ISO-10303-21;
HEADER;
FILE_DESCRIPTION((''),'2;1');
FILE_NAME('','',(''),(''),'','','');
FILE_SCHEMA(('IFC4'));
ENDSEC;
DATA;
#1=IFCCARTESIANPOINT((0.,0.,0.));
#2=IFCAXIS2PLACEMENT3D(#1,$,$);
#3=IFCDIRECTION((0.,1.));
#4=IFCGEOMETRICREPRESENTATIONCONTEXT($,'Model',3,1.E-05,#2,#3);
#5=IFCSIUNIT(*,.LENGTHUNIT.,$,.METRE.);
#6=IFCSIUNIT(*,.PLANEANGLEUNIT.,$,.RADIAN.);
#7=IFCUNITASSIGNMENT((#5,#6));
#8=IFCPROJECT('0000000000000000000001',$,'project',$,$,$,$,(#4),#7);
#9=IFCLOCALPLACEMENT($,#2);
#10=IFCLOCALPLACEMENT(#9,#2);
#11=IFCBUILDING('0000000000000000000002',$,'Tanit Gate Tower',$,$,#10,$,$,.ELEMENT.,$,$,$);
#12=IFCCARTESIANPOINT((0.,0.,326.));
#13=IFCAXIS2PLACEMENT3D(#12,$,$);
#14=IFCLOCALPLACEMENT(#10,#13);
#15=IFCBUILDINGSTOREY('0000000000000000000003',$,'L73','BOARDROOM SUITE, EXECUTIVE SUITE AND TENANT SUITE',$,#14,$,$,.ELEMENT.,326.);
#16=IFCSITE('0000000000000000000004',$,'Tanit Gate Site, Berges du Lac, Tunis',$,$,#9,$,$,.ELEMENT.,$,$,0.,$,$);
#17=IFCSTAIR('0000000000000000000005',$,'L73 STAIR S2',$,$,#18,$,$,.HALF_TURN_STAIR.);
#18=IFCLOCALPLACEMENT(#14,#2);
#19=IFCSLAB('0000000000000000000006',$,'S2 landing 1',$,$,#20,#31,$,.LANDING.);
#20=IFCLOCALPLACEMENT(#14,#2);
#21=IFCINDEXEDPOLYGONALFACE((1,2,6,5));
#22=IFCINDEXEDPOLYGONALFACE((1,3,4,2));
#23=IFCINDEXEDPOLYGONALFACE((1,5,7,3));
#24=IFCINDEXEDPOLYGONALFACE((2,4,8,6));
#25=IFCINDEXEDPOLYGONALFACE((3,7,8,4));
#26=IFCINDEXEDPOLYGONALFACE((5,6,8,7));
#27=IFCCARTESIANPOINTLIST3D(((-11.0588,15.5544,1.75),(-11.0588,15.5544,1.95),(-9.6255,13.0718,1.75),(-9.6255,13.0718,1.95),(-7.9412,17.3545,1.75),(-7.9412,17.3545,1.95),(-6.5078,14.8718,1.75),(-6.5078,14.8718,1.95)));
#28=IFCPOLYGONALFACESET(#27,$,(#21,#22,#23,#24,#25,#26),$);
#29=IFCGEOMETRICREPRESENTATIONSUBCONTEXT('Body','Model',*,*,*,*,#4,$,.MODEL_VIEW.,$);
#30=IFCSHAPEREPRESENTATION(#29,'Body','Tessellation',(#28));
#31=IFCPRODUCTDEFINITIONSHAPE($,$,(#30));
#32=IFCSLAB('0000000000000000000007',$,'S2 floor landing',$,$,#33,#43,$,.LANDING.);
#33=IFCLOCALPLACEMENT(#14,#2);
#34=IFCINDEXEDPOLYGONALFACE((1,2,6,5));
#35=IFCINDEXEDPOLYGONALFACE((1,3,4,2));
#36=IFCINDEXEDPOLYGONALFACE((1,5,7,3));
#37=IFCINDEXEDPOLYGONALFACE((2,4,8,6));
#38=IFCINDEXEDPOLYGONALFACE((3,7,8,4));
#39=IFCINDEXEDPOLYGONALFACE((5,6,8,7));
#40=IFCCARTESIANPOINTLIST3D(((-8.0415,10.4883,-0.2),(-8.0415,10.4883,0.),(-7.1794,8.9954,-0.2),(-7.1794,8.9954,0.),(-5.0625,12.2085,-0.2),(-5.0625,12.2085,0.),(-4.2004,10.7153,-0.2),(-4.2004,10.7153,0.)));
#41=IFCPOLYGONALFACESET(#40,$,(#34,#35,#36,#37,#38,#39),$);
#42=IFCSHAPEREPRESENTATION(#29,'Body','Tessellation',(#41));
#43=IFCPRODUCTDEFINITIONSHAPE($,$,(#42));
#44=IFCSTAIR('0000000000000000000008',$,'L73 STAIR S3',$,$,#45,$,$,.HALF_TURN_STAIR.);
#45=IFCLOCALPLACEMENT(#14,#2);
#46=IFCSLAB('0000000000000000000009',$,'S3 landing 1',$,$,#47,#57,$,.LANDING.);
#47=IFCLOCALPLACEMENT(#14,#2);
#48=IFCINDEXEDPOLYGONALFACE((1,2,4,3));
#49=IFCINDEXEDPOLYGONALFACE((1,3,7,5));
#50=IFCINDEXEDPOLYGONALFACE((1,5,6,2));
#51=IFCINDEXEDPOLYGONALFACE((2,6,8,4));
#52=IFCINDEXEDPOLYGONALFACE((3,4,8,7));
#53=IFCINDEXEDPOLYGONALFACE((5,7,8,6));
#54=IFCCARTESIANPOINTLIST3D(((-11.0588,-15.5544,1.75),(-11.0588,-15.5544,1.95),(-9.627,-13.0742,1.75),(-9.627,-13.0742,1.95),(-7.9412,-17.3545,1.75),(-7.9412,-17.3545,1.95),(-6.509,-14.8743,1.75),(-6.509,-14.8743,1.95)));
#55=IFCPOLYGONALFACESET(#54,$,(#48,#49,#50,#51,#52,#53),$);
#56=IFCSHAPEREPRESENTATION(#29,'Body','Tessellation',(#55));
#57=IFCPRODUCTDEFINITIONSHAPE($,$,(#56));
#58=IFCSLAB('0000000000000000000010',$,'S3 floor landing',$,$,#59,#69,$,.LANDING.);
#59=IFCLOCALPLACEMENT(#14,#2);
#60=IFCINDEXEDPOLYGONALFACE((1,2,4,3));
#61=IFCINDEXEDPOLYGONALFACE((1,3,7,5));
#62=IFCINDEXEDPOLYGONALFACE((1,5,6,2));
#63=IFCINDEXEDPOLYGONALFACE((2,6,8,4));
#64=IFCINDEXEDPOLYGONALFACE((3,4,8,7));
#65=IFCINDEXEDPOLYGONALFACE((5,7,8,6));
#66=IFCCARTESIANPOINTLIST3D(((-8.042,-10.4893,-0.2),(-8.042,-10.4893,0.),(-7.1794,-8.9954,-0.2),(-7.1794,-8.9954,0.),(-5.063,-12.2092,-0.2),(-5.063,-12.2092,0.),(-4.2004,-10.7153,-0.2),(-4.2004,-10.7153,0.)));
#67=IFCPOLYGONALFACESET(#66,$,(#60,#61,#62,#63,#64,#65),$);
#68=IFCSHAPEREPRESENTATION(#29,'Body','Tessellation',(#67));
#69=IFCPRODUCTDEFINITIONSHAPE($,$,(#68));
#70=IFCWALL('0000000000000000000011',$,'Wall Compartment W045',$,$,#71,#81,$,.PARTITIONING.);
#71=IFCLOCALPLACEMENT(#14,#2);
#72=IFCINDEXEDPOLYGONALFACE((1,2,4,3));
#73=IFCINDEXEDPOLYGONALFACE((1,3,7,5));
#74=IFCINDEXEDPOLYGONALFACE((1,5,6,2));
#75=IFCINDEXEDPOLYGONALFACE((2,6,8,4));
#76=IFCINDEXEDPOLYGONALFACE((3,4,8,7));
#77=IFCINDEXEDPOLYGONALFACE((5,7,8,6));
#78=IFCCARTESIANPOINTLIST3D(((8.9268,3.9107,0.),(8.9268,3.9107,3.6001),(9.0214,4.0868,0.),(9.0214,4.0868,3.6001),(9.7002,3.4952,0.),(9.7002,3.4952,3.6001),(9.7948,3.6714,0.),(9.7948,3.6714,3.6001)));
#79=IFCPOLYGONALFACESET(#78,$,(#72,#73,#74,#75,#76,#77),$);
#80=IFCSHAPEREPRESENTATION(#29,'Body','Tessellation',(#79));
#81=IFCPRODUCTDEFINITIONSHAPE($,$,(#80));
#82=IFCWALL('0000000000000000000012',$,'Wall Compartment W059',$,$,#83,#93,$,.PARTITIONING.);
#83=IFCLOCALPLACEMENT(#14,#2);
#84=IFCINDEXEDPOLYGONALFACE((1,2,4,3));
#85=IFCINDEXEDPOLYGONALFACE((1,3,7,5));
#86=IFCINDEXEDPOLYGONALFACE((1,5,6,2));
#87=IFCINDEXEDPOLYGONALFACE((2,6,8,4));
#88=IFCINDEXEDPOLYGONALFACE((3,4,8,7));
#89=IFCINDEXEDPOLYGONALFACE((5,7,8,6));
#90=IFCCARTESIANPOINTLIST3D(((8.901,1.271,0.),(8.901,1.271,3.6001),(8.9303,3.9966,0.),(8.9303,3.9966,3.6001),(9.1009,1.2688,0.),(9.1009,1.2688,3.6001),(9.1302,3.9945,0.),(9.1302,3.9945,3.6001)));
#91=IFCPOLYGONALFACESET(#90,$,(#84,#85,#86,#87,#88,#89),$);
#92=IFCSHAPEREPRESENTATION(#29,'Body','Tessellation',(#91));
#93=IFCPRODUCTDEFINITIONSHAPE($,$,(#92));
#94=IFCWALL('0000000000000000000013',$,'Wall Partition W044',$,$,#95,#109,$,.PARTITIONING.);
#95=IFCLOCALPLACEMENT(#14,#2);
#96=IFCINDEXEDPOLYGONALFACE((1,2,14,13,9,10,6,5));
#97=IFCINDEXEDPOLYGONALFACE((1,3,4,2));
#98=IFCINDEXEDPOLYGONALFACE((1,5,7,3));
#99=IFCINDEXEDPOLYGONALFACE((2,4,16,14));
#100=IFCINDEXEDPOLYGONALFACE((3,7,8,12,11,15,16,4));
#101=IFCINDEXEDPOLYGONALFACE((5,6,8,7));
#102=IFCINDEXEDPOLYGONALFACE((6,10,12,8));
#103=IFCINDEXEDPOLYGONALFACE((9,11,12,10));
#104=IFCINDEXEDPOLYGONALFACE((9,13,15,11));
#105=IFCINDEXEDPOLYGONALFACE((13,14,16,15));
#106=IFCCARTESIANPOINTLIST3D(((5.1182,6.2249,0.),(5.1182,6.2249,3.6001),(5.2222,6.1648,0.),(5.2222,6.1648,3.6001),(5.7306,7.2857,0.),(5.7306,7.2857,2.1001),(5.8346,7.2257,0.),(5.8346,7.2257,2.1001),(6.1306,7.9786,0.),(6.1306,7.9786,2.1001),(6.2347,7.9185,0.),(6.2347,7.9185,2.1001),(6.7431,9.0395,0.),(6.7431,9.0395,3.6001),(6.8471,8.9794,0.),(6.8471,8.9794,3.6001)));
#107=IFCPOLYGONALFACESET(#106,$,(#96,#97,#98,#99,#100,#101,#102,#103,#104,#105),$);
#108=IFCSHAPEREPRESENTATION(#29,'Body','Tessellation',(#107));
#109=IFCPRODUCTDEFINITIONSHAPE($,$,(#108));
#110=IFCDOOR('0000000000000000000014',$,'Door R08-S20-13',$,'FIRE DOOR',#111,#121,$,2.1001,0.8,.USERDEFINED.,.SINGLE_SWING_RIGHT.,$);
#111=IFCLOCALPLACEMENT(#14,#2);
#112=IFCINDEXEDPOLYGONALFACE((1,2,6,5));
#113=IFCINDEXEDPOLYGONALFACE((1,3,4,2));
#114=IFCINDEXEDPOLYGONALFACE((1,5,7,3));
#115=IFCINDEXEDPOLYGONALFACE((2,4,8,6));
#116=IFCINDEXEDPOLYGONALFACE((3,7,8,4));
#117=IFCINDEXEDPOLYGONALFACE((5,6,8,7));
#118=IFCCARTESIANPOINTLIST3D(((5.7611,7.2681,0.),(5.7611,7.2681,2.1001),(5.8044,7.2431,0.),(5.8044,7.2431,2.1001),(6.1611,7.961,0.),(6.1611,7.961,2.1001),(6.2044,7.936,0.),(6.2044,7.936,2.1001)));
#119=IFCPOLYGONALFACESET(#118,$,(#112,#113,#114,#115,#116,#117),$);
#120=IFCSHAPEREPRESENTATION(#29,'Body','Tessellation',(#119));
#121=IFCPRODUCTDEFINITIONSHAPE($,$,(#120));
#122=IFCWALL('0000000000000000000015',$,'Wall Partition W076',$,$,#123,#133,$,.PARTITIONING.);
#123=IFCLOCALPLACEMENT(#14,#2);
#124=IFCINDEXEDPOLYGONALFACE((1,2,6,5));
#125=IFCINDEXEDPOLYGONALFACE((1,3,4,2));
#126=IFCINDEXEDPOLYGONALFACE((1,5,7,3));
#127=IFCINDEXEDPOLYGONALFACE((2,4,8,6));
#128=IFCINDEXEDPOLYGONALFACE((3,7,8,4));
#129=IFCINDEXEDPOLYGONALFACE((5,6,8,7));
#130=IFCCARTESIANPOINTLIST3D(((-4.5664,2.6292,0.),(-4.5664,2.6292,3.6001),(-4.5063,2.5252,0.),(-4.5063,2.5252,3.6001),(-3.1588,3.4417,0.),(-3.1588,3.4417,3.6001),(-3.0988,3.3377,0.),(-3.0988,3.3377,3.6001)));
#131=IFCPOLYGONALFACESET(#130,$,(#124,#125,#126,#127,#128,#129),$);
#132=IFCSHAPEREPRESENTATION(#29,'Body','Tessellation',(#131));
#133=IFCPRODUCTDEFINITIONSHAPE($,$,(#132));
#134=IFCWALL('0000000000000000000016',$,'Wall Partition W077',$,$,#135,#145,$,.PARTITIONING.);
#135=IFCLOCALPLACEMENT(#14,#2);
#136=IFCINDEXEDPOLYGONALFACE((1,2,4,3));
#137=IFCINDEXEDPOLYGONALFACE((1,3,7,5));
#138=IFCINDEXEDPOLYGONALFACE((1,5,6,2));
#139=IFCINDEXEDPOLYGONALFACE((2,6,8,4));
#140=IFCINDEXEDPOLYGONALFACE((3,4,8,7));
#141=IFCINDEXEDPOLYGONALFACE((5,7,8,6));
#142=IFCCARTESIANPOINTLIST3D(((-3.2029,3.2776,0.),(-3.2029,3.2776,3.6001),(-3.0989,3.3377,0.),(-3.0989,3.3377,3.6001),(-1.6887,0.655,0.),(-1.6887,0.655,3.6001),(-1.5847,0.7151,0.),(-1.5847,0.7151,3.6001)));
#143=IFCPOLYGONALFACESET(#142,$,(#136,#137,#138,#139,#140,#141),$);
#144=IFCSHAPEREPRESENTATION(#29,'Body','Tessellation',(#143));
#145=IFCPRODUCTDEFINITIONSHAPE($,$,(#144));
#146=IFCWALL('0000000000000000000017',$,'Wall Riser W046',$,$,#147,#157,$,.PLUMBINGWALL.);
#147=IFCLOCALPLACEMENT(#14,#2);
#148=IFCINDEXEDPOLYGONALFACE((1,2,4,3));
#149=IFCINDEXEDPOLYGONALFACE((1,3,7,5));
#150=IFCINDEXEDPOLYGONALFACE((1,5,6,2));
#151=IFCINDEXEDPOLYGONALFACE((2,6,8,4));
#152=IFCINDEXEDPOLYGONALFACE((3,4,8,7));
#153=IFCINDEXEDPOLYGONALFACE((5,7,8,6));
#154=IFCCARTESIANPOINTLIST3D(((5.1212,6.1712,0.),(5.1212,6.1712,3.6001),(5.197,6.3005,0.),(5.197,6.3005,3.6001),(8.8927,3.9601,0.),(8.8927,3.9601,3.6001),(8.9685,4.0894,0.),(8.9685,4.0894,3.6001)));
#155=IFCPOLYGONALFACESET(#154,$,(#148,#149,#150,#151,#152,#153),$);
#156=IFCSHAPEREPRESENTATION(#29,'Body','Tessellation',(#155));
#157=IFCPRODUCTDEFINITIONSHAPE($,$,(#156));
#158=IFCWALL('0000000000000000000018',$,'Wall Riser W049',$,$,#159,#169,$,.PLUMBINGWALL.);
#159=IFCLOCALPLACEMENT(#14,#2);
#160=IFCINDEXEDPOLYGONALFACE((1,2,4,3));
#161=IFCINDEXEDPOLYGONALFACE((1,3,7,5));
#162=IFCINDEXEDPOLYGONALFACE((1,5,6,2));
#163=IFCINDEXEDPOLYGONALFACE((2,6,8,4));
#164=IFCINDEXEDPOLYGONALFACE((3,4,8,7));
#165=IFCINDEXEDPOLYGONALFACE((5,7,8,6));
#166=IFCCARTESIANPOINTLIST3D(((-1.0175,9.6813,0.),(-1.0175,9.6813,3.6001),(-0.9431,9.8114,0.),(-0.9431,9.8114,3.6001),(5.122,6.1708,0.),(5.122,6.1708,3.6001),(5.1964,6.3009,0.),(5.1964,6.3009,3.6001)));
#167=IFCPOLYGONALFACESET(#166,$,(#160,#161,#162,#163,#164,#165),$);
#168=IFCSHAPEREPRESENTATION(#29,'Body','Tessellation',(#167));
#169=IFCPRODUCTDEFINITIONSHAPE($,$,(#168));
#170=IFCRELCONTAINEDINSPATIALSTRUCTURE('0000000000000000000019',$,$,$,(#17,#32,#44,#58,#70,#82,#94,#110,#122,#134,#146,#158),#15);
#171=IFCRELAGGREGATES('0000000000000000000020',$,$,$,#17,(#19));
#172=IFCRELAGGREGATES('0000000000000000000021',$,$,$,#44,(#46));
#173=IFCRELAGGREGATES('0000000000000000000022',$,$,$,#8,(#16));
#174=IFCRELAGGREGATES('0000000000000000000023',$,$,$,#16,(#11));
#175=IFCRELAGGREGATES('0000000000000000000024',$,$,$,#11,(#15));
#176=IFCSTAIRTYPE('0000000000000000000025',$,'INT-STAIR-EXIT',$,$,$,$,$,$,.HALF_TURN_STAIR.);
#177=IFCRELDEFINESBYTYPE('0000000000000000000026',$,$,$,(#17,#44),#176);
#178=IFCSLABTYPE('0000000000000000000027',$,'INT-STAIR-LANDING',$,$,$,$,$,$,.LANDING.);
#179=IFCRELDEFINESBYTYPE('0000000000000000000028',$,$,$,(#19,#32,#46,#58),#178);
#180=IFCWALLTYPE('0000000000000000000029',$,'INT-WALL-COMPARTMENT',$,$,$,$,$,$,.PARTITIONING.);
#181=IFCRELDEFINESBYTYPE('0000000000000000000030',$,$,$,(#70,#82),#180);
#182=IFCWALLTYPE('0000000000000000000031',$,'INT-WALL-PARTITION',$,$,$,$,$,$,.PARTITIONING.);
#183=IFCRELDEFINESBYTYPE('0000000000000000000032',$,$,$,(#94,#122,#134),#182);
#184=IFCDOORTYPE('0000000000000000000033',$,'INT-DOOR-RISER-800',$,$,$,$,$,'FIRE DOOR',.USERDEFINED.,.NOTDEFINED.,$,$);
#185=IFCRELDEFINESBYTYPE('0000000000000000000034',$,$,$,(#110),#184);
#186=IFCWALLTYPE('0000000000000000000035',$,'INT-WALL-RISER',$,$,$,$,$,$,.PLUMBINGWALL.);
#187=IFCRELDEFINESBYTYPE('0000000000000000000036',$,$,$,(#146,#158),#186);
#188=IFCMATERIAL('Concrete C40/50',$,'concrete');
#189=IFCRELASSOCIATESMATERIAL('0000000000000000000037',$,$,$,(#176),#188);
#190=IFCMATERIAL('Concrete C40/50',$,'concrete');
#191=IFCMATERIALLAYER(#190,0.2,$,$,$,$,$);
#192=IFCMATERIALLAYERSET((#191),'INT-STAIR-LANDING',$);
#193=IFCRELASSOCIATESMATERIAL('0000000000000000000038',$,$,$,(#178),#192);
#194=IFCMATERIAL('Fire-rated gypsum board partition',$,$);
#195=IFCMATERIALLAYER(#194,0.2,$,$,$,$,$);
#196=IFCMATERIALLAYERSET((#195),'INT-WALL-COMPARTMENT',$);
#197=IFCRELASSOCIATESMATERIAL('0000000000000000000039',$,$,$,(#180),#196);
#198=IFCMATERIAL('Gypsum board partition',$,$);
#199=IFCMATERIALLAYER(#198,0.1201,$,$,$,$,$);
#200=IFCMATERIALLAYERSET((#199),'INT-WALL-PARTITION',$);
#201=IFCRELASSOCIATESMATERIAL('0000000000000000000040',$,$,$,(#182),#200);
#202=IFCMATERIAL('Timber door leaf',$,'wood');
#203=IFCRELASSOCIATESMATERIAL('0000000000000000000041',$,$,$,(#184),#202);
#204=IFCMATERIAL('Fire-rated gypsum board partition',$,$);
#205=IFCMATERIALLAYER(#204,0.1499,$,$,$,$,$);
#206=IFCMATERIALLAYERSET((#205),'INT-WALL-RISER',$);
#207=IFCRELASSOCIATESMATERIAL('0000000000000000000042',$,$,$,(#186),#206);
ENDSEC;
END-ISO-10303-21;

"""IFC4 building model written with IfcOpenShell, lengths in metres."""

from ifc_helpers import new_model, si_unit, direction, frame, frame_2d, origin, place, context, subcontext, project, spatial, polyline, rectangle, outline, extrude, material, layer, layer_set, type_object, element, fill, aggregate, save


model = new_model("IFC4")

# Units and contexts
model_context = context("Model", 3, precision=1e-05, world=origin(), true_north=direction((0.0, 1.0)))
body_context = subcontext(model_context, "Body", "Model", "MODEL_VIEW")
ifc_project = project(units=[si_unit("LENGTHUNIT", "METRE"), si_unit("PLANEANGLEUNIT", "RADIAN")], contexts=[model_context])

# Site, building, storey
site_placement = place(None, origin())
site = spatial("IfcSite", under=ifc_project, at=site_placement, Name="Tanit Gate Site, Berges du Lac, Tunis", CompositionType="ELEMENT", RefElevation=0.0)
building_placement = place(site_placement, origin())
building = spatial("IfcBuilding", under=site, at=building_placement, Name="Tanit Gate Tower", CompositionType="ELEMENT")
storey_placement = place(building_placement, frame((0.0, 0.0, 326.0)))
storey = spatial("IfcBuildingStorey", under=building, at=storey_placement, Name="L73", Description="BOARDROOM SUITE, EXECUTIVE SUITE AND TENANT SUITE", CompositionType="ELEMENT", Elevation=326.0)

# Stair, slab
ifc_material_1 = material(Name="Concrete C40/50", Category="concrete")
stair_type = type_object("IfcStairType", Name="INT-STAIR-EXIT", PredefinedType="HALF_TURN_STAIR", material=ifc_material_1)
stair_1_placement = place(storey_placement, origin())
stair_1 = element("IfcStair", 1, at=stair_1_placement, inside=storey, type_object=stair_type, Name="L73 STAIR S2", PredefinedType="HALF_TURN_STAIR")
ifc_material_2 = material(Name="Concrete C40/50", Category="concrete")
ifc_layer_1 = layer(ifc_material_2, 0.2)
ifc_layer_set_1 = layer_set([ifc_layer_1], Name="INT-STAIR-LANDING")
slab_type = type_object("IfcSlabType", Name="INT-STAIR-LANDING", PredefinedType="LANDING", material=ifc_layer_set_1)
slab_1_placement = place(storey_placement, frame((0.0, 0.0, 1.75)))
slab_1 = element("IfcSlab", 2, at=slab_1_placement, type_object=slab_type, Name="S2 landing 1", PredefinedType="LANDING", context=body_context, shape_type="SweptSolid", body=[
    extrude(outline(polyline([(-6.5078, 14.8718), (-7.9412, 17.3545), (-11.0588, 15.5544), (-9.6255, 13.0718), (-6.5078, 14.8718)])), origin(), (0.0, 0.0, 1.0), 0.2),
])
aggregate(stair_1, [slab_1])

# Slab
slab_2_placement = place(storey_placement, frame((0.0, 0.0, -0.2)))
element("IfcSlab", 3, at=slab_2_placement, inside=storey, type_object=slab_type, Name="S2 floor landing", PredefinedType="LANDING", context=body_context, shape_type="SweptSolid", body=[
    extrude(outline(polyline([(-4.2004, 10.7153), (-5.0625, 12.2085), (-8.0415, 10.4883), (-7.1794, 8.9954), (-4.2004, 10.7153)])), origin(), (0.0, 0.0, 1.0), 0.2),
])

# Stair, slab
stair_2_placement = place(storey_placement, origin())
stair_2 = element("IfcStair", 4, at=stair_2_placement, inside=storey, type_object=stair_type, Name="L73 STAIR S3", PredefinedType="HALF_TURN_STAIR")
slab_3_placement = place(storey_placement, frame((0.0, 0.0, 1.75)))
slab_3 = element("IfcSlab", 5, at=slab_3_placement, type_object=slab_type, Name="S3 landing 1", PredefinedType="LANDING", context=body_context, shape_type="SweptSolid", body=[
    extrude(outline(polyline([(-9.627, -13.0742), (-11.0588, -15.5544), (-7.9412, -17.3545), (-6.509, -14.8743), (-9.627, -13.0742)])), origin(), (0.0, 0.0, 1.0), 0.2),
])
aggregate(stair_2, [slab_3])

# Slab
slab_4_placement = place(storey_placement, frame((0.0, 0.0, -0.2)))
element("IfcSlab", 6, at=slab_4_placement, inside=storey, type_object=slab_type, Name="S3 floor landing", PredefinedType="LANDING", context=body_context, shape_type="SweptSolid", body=[
    extrude(outline(polyline([(-7.1794, -8.9954), (-8.042, -10.4893), (-5.063, -12.2092), (-4.2004, -10.7153), (-7.1794, -8.9954)])), origin(), (0.0, 0.0, 1.0), 0.2),
])

# Walls
ifc_material_3 = material(Name="Fire-rated gypsum board partition")
ifc_layer_2 = layer(ifc_material_3, 0.2)
ifc_layer_set_2 = layer_set([ifc_layer_2], Name="INT-WALL-COMPARTMENT")
wall_type_1 = type_object("IfcWallType", Name="INT-WALL-COMPARTMENT", PredefinedType="PARTITIONING", material=ifc_layer_set_2)
wall_1_placement = place(storey_placement, frame((8.9741, 3.9988, 0.0), z_axis=(0.0, 0.0, 1.0), x_axis=(0.880917, -0.473271, 0.0)))
element("IfcWall", 7, at=wall_1_placement, inside=storey, type_object=wall_type_1, Name="Wall Compartment W045", PredefinedType="PARTITIONING", context=body_context, shape_type="SweptSolid", body=[
    extrude(rectangle(XDim=0.8779, YDim=0.2, at=frame_2d((0.439, 0.0))), origin(), (0.0, 0.0, 1.0), 3.6001),
])
wall_2_placement = place(storey_placement, frame((9.001, 1.27, 0.0), z_axis=(0.0, 0.0, 1.0), x_axis=(0.010748, 0.999942, 0.0)))
element("IfcWall", 8, at=wall_2_placement, inside=storey, type_object=wall_type_1, Name="Wall Compartment W059", PredefinedType="PARTITIONING", context=body_context, shape_type="SweptSolid", body=[
    extrude(rectangle(XDim=2.7258, YDim=0.2, at=frame_2d((1.3628, 0.0))), origin(), (0.0, 0.0, 1.0), 3.6001),
])

# Wall, opening, door
ifc_material_4 = material(Name="Gypsum board partition")
ifc_layer_3 = layer(ifc_material_4, 0.1201)
ifc_layer_set_3 = layer_set([ifc_layer_3], Name="INT-WALL-PARTITION")
wall_type_2 = type_object("IfcWallType", Name="INT-WALL-PARTITION", PredefinedType="PARTITIONING", material=ifc_layer_set_3)
wall_3_placement = place(storey_placement, frame((5.1702, 6.1948, 0.0), z_axis=(0.0, 0.0, 1.0), x_axis=(0.499985, 0.866034, 0.0)))
wall_3 = element("IfcWall", 9, at=wall_3_placement, inside=storey, type_object=wall_type_2, Name="Wall Partition W044", PredefinedType="PARTITIONING", context=body_context, shape_type="SweptSolid", body=[
    extrude(rectangle(XDim=3.25, YDim=0.1201, at=frame_2d((1.625, 0.0))), origin(), (0.0, 0.0, 1.0), 3.6001),
])
opening_1_placement = place(wall_3_placement, frame((1.2251, 0.0, 0.0)))
opening_1 = element("IfcOpeningElement", 10, at=opening_1_placement, cuts=wall_3, PredefinedType="OPENING", context=body_context, shape_type="SweptSolid", body=[
    extrude(rectangle(XDim=0.8, YDim=2.1001, at=frame_2d((0.3999, 1.05))), frame((0.0, 0.0701, 0.0), z_axis=(0.0, -1.0, 0.0), x_axis=(1.0, 0.0, 0.0)), (0.0, 0.0, 1.0), 0.1401),
])
ifc_material_5 = material(Name="Timber door leaf", Category="wood")
door_type_1 = type_object("IfcDoorType", Name="INT-DOOR-RISER-800", ElementType="FIRE DOOR", OperationType="NOTDEFINED", PredefinedType="USERDEFINED", material=ifc_material_5)
door_1_placement = place(opening_1_placement, origin())
door_1 = element("IfcDoor", 11, at=door_1_placement, inside=storey, type_object=door_type_1, Name="Door R08-S20-13", ObjectType="FIRE DOOR", OperationType="SINGLE_SWING_RIGHT", OverallHeight=2.1001, OverallWidth=0.8, PredefinedType="USERDEFINED", context=body_context, shape_type="SweptSolid", body=[
    extrude(rectangle(XDim=0.8, YDim=2.1001, at=frame_2d((0.3999, 1.05))), frame((0.0, 0.0249, 0.0), z_axis=(0.0, -1.0, 0.0), x_axis=(1.0, 0.0, 0.0)), (0.0, 0.0, 1.0), 0.05),
])
fill(opening_1, door_1)

# Walls
wall_4_placement = place(storey_placement, frame((-3.1289, 3.3896, 0.0), z_axis=(0.0, 0.0, 1.0), x_axis=(-0.866053, -0.499952, 0.0)))
element("IfcWall", 12, at=wall_4_placement, inside=storey, type_object=wall_type_2, Name="Wall Partition W076", PredefinedType="PARTITIONING", context=body_context, shape_type="SweptSolid", body=[
    extrude(rectangle(XDim=1.6252, YDim=0.1201, at=frame_2d((0.8125, 0.0))), origin(), (0.0, 0.0, 1.0), 3.6001),
])
wall_5_placement = place(storey_placement, frame((-1.6367, 0.6851, 0.0), z_axis=(0.0, 0.0, 1.0), x_axis=(-0.500006, 0.866022, 0.0)))
element("IfcWall", 13, at=wall_5_placement, inside=storey, type_object=wall_type_2, Name="Wall Partition W077", PredefinedType="PARTITIONING", context=body_context, shape_type="SweptSolid", body=[
    extrude(rectangle(XDim=3.0283, YDim=0.1201, at=frame_2d((1.5142, 0.0))), origin(), (0.0, 0.0, 1.0), 3.6001),
])
ifc_material_6 = material(Name="Fire-rated gypsum board partition")
ifc_layer_4 = layer(ifc_material_6, 0.1499)
ifc_layer_set_4 = layer_set([ifc_layer_4], Name="INT-WALL-RISER")
wall_type_3 = type_object("IfcWallType", Name="INT-WALL-RISER", PredefinedType="PLUMBINGWALL", material=ifc_layer_set_4)
wall_6_placement = place(storey_placement, frame((8.9307, 4.0247, 0.0), z_axis=(0.0, 0.0, 1.0), x_axis=(-0.862667, 0.505773, 0.0)))
element("IfcWall", 14, at=wall_6_placement, inside=storey, type_object=wall_type_3, Name="Wall Riser W046", PredefinedType="PLUMBINGWALL", context=body_context, shape_type="SweptSolid", body=[
    extrude(rectangle(XDim=4.3718, YDim=0.1499, at=frame_2d((2.186, 0.0))), origin(), (0.0, 0.0, 1.0), 3.6001),
])
wall_7_placement = place(storey_placement, frame((5.1592, 6.2358, 0.0), z_axis=(0.0, 0.0, 1.0), x_axis=(-0.868105, 0.496381, 0.0)))
element("IfcWall", 15, at=wall_7_placement, inside=storey, type_object=wall_type_3, Name="Wall Riser W049", PredefinedType="PLUMBINGWALL", context=body_context, shape_type="SweptSolid", body=[
    extrude(rectangle(XDim=7.0723, YDim=0.1499, at=frame_2d((3.5361, 0.0))), origin(), (0.0, 0.0, 1.0), 3.6001),
])

save(model, "model.ifc")
